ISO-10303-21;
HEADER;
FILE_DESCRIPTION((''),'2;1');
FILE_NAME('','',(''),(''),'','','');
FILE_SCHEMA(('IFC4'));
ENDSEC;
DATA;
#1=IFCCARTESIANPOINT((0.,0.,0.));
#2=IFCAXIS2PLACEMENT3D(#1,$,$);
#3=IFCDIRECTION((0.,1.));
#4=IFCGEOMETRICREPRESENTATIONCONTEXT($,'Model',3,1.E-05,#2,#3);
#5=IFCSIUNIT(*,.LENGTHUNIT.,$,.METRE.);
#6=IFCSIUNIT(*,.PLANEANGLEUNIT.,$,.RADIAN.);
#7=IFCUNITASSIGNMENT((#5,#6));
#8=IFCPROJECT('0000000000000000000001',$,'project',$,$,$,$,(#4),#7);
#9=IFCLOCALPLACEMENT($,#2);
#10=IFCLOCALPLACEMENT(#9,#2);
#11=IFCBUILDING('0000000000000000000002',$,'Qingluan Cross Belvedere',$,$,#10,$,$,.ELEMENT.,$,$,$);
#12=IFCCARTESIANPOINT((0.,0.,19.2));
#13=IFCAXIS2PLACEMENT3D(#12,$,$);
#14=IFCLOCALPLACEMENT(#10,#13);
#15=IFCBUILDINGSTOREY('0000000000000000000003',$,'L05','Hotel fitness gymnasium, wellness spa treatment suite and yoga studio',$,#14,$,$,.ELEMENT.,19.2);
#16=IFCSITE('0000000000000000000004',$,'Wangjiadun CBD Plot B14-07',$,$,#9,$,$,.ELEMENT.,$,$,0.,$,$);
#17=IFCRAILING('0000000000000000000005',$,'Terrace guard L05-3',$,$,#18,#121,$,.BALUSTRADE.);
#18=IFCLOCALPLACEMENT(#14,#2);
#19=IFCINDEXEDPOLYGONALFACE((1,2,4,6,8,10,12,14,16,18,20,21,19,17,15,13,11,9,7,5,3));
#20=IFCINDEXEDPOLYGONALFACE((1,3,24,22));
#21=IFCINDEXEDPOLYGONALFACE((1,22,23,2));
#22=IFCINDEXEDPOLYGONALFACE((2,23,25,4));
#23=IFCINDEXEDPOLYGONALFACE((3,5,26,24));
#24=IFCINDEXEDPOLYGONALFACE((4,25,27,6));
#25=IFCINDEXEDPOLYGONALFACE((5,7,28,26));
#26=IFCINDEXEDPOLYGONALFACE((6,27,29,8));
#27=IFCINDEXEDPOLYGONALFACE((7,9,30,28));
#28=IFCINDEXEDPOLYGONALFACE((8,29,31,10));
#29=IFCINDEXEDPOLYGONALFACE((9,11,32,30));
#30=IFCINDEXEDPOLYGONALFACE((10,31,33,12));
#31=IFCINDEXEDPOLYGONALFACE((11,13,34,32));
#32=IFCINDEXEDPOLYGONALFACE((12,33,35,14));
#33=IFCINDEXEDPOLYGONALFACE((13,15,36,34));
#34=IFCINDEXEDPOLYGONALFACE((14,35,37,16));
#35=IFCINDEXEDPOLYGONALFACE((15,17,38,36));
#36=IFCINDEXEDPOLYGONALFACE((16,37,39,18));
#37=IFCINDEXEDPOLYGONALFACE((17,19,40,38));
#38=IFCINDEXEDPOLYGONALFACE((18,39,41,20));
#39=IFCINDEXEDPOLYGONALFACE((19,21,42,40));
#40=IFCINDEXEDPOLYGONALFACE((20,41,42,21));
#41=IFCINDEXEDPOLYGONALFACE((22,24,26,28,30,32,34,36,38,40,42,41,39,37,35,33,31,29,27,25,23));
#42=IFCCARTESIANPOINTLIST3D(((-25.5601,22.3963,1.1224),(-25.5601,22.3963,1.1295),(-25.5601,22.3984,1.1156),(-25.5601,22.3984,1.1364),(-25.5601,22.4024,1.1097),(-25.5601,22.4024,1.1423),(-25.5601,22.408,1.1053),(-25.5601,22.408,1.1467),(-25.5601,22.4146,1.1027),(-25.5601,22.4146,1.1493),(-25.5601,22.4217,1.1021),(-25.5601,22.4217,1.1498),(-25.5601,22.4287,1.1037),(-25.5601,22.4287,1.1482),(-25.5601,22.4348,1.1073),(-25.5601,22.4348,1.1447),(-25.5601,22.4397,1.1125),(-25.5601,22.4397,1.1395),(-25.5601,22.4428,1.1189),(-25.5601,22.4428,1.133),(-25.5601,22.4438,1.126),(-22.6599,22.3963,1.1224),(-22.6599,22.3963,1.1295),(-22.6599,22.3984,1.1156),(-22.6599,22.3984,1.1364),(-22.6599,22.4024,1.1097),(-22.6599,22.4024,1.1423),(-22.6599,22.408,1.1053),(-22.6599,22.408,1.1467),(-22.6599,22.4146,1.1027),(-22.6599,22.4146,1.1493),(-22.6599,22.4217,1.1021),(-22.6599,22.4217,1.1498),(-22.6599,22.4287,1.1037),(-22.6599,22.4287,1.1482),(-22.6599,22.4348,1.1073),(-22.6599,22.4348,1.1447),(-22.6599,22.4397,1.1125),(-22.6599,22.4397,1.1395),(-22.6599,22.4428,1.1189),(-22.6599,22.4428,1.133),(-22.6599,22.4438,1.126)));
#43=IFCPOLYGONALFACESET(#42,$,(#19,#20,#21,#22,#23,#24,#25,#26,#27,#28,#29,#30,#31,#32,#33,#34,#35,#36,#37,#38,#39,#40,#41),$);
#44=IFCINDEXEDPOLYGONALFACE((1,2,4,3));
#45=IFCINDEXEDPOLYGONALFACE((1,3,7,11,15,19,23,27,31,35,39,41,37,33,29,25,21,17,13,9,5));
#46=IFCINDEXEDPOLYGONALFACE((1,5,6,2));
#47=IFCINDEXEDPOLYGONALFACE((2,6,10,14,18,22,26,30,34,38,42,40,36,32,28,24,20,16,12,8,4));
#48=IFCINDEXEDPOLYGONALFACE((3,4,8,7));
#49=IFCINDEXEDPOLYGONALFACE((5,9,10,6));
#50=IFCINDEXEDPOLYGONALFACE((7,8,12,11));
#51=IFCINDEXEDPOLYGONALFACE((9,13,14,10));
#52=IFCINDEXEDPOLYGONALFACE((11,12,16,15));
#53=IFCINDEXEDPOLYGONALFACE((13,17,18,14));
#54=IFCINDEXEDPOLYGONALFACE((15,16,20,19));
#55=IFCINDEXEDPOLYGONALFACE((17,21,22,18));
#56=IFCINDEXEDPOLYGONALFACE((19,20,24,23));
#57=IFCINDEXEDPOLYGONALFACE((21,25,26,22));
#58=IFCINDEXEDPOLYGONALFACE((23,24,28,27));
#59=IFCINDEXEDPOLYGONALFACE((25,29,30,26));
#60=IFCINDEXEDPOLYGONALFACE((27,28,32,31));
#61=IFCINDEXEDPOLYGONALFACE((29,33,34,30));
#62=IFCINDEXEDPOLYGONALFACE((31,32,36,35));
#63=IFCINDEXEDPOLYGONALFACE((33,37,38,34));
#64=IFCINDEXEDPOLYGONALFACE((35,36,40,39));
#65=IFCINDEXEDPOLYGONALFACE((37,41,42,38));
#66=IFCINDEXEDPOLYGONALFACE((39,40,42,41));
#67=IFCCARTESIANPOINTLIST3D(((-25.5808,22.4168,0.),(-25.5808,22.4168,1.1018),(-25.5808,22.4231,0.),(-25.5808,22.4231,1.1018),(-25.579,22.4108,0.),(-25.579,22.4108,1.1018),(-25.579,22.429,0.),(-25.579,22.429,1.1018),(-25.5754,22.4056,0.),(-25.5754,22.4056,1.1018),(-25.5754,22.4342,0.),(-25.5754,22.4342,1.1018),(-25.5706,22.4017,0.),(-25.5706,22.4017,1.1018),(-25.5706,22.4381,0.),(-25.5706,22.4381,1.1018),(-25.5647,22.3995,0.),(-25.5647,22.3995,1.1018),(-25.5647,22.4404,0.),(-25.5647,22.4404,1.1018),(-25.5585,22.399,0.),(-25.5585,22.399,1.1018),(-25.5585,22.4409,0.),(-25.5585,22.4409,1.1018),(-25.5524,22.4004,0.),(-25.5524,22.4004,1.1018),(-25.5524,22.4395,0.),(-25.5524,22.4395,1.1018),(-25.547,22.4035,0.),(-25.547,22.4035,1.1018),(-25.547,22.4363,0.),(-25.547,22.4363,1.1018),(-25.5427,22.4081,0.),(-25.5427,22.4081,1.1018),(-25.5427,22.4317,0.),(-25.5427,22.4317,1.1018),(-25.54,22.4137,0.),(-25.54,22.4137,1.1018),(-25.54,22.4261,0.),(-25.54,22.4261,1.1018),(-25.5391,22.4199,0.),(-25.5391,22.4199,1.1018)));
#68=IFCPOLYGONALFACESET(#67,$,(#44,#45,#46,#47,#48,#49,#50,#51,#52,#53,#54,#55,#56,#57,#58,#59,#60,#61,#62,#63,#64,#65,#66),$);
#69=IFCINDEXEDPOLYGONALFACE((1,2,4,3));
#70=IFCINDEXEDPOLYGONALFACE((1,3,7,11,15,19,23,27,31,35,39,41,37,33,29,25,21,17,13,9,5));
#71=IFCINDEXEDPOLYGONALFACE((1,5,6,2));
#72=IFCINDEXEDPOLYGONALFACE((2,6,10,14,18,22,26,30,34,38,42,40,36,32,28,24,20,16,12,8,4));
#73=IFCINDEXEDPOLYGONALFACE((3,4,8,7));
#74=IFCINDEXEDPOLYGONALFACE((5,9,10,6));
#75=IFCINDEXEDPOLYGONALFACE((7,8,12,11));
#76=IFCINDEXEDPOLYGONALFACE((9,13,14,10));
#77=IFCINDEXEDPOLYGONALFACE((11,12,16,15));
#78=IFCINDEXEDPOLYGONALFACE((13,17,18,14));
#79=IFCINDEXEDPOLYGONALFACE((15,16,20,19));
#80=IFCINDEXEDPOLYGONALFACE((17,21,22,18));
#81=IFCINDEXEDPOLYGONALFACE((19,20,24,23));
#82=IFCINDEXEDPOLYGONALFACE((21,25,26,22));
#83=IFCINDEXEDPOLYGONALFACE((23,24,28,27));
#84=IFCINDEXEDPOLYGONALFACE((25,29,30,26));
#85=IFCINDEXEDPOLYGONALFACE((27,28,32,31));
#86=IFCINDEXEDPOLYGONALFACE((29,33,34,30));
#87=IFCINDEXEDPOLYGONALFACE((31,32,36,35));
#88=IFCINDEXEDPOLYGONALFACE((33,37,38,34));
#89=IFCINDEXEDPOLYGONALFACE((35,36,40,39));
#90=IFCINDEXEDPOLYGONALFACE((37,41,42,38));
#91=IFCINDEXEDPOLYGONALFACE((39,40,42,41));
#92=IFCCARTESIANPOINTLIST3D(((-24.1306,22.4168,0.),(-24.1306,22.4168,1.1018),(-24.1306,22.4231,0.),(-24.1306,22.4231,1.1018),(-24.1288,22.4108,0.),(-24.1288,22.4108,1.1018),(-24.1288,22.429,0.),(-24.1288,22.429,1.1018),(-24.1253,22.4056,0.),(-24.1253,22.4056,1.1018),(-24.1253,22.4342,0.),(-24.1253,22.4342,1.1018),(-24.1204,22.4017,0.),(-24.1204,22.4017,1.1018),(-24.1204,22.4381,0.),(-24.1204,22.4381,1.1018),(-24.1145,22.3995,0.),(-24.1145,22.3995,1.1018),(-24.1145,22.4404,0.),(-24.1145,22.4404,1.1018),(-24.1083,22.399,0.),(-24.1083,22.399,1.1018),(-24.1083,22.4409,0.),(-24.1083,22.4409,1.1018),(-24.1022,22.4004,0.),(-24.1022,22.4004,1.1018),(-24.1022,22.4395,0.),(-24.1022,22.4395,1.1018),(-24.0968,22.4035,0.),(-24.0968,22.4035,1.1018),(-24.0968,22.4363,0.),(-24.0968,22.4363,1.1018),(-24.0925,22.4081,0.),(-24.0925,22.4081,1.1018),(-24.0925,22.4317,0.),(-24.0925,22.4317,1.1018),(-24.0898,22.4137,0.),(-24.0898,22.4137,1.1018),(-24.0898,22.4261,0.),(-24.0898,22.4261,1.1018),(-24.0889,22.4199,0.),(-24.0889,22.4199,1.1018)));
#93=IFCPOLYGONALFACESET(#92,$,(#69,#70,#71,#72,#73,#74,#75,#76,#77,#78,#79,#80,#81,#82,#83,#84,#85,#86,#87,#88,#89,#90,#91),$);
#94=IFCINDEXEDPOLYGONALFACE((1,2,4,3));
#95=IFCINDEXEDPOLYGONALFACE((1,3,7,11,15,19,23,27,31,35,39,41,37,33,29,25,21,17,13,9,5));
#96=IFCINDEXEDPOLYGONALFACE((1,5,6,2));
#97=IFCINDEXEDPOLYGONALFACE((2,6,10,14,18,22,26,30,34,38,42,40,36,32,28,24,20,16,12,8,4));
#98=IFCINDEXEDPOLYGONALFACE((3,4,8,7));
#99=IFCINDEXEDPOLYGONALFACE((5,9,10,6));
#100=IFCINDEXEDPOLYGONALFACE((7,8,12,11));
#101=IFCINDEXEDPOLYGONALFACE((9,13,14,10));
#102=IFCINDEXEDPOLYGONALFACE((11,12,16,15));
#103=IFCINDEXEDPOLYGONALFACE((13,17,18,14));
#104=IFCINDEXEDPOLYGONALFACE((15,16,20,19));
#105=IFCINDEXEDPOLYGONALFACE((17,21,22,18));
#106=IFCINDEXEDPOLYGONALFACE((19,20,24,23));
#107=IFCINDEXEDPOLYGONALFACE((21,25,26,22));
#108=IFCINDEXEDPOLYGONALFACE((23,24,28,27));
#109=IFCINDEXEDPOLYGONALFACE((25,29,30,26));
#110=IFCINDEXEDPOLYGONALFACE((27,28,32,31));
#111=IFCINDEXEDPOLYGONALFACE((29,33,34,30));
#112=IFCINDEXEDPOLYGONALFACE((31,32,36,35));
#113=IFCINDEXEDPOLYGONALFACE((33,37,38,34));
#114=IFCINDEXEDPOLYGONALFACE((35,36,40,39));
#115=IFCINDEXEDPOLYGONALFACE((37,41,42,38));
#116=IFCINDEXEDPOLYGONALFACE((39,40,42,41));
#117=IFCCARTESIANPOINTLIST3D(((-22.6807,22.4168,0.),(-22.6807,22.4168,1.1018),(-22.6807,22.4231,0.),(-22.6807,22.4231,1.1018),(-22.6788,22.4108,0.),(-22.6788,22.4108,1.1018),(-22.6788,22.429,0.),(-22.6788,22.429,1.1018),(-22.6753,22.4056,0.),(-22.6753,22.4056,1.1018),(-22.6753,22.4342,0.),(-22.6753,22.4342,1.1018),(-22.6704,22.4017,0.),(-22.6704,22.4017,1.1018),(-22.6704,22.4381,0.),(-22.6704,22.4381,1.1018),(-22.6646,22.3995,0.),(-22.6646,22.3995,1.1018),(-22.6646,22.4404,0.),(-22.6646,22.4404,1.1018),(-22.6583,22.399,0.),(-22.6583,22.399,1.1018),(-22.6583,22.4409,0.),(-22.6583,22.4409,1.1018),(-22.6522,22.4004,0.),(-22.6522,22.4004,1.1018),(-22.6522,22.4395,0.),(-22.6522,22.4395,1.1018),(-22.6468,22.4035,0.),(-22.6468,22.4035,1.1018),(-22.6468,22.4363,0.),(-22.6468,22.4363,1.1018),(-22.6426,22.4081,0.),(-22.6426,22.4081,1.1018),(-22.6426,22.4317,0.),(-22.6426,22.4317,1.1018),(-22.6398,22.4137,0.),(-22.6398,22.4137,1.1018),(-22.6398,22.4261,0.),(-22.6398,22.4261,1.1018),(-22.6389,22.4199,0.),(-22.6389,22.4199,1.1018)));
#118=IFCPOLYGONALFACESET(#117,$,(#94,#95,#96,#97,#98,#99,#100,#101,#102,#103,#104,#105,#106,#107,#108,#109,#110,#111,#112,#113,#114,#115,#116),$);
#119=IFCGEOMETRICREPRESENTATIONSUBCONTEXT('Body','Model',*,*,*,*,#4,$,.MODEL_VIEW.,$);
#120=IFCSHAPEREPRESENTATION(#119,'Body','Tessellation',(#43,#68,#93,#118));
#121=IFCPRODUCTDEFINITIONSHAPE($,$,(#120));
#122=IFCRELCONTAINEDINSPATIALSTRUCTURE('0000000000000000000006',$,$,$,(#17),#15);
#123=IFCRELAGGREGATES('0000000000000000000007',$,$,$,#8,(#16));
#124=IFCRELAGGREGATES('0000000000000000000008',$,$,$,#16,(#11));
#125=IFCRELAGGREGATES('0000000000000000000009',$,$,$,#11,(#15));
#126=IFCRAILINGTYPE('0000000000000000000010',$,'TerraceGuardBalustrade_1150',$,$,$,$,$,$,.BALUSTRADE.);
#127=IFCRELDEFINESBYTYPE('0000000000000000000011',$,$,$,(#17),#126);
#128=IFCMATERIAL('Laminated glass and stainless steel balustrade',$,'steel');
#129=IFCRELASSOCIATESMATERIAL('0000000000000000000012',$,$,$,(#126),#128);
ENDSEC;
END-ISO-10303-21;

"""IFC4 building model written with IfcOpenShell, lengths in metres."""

from ifc_helpers import new_model, si_unit, direction, frame, origin, origin_2d, place, context, subcontext, project, spatial, circle, extrude, material, type_object, element, save


model = new_model("IFC4")

# Units and contexts
model_context = context("Model", 3, precision=1e-05, world=origin(), true_north=direction((0.0, 1.0)))
body_context = subcontext(model_context, "Body", "Model", "MODEL_VIEW")
ifc_project = project(units=[si_unit("LENGTHUNIT", "METRE"), si_unit("PLANEANGLEUNIT", "RADIAN")], contexts=[model_context])

# Site, building, storey
site_placement = place(None, origin())
site = spatial("IfcSite", under=ifc_project, at=site_placement, Name="Wangjiadun CBD Plot B14-07", CompositionType="ELEMENT", RefElevation=0.0)
building_placement = place(site_placement, origin())
building = spatial("IfcBuilding", under=site, at=building_placement, Name="Qingluan Cross Belvedere", CompositionType="ELEMENT")
storey_placement = place(building_placement, frame((0.0, 0.0, 19.2)))
storey = spatial("IfcBuildingStorey", under=building, at=storey_placement, Name="L05", Description="Hotel fitness gymnasium, wellness spa treatment suite and yoga studio", CompositionType="ELEMENT", Elevation=19.2)

# Railing
ifc_material_1 = material(Name="Laminated glass and stainless steel balustrade", Category="steel")
railing_type = type_object("IfcRailingType", Name="TerraceGuardBalustrade_1150", PredefinedType="BALUSTRADE", material=ifc_material_1)
railing_1_placement = place(storey_placement, frame((-25.5601, 22.4199, 0.0)))
element("IfcRailing", 1, at=railing_1_placement, inside=storey, type_object=railing_type, Name="Terrace guard L05-3", PredefinedType="BALUSTRADE", context=body_context, shape_type="SweptSolid", body=[
    extrude(circle(Radius=0.0239, at=origin_2d()), frame((0.0, 0.0, 1.126), z_axis=(1.0, 0.0, 0.0), x_axis=(0.0, 1.0, 0.0)), (0.0, 0.0, 1.0), 2.9001),
    extrude(circle(Radius=0.021, at=origin_2d()), origin(), (0.0, 0.0, 1.0), 1.1018),
    extrude(circle(Radius=0.021, at=origin_2d()), frame((1.4502, 0.0, 0.0)), (0.0, 0.0, 1.0), 1.1018),
    extrude(circle(Radius=0.021, at=origin_2d()), frame((2.9001, 0.0, 0.0)), (0.0, 0.0, 1.0), 1.1018),
])

save(model, "model.ifc")
